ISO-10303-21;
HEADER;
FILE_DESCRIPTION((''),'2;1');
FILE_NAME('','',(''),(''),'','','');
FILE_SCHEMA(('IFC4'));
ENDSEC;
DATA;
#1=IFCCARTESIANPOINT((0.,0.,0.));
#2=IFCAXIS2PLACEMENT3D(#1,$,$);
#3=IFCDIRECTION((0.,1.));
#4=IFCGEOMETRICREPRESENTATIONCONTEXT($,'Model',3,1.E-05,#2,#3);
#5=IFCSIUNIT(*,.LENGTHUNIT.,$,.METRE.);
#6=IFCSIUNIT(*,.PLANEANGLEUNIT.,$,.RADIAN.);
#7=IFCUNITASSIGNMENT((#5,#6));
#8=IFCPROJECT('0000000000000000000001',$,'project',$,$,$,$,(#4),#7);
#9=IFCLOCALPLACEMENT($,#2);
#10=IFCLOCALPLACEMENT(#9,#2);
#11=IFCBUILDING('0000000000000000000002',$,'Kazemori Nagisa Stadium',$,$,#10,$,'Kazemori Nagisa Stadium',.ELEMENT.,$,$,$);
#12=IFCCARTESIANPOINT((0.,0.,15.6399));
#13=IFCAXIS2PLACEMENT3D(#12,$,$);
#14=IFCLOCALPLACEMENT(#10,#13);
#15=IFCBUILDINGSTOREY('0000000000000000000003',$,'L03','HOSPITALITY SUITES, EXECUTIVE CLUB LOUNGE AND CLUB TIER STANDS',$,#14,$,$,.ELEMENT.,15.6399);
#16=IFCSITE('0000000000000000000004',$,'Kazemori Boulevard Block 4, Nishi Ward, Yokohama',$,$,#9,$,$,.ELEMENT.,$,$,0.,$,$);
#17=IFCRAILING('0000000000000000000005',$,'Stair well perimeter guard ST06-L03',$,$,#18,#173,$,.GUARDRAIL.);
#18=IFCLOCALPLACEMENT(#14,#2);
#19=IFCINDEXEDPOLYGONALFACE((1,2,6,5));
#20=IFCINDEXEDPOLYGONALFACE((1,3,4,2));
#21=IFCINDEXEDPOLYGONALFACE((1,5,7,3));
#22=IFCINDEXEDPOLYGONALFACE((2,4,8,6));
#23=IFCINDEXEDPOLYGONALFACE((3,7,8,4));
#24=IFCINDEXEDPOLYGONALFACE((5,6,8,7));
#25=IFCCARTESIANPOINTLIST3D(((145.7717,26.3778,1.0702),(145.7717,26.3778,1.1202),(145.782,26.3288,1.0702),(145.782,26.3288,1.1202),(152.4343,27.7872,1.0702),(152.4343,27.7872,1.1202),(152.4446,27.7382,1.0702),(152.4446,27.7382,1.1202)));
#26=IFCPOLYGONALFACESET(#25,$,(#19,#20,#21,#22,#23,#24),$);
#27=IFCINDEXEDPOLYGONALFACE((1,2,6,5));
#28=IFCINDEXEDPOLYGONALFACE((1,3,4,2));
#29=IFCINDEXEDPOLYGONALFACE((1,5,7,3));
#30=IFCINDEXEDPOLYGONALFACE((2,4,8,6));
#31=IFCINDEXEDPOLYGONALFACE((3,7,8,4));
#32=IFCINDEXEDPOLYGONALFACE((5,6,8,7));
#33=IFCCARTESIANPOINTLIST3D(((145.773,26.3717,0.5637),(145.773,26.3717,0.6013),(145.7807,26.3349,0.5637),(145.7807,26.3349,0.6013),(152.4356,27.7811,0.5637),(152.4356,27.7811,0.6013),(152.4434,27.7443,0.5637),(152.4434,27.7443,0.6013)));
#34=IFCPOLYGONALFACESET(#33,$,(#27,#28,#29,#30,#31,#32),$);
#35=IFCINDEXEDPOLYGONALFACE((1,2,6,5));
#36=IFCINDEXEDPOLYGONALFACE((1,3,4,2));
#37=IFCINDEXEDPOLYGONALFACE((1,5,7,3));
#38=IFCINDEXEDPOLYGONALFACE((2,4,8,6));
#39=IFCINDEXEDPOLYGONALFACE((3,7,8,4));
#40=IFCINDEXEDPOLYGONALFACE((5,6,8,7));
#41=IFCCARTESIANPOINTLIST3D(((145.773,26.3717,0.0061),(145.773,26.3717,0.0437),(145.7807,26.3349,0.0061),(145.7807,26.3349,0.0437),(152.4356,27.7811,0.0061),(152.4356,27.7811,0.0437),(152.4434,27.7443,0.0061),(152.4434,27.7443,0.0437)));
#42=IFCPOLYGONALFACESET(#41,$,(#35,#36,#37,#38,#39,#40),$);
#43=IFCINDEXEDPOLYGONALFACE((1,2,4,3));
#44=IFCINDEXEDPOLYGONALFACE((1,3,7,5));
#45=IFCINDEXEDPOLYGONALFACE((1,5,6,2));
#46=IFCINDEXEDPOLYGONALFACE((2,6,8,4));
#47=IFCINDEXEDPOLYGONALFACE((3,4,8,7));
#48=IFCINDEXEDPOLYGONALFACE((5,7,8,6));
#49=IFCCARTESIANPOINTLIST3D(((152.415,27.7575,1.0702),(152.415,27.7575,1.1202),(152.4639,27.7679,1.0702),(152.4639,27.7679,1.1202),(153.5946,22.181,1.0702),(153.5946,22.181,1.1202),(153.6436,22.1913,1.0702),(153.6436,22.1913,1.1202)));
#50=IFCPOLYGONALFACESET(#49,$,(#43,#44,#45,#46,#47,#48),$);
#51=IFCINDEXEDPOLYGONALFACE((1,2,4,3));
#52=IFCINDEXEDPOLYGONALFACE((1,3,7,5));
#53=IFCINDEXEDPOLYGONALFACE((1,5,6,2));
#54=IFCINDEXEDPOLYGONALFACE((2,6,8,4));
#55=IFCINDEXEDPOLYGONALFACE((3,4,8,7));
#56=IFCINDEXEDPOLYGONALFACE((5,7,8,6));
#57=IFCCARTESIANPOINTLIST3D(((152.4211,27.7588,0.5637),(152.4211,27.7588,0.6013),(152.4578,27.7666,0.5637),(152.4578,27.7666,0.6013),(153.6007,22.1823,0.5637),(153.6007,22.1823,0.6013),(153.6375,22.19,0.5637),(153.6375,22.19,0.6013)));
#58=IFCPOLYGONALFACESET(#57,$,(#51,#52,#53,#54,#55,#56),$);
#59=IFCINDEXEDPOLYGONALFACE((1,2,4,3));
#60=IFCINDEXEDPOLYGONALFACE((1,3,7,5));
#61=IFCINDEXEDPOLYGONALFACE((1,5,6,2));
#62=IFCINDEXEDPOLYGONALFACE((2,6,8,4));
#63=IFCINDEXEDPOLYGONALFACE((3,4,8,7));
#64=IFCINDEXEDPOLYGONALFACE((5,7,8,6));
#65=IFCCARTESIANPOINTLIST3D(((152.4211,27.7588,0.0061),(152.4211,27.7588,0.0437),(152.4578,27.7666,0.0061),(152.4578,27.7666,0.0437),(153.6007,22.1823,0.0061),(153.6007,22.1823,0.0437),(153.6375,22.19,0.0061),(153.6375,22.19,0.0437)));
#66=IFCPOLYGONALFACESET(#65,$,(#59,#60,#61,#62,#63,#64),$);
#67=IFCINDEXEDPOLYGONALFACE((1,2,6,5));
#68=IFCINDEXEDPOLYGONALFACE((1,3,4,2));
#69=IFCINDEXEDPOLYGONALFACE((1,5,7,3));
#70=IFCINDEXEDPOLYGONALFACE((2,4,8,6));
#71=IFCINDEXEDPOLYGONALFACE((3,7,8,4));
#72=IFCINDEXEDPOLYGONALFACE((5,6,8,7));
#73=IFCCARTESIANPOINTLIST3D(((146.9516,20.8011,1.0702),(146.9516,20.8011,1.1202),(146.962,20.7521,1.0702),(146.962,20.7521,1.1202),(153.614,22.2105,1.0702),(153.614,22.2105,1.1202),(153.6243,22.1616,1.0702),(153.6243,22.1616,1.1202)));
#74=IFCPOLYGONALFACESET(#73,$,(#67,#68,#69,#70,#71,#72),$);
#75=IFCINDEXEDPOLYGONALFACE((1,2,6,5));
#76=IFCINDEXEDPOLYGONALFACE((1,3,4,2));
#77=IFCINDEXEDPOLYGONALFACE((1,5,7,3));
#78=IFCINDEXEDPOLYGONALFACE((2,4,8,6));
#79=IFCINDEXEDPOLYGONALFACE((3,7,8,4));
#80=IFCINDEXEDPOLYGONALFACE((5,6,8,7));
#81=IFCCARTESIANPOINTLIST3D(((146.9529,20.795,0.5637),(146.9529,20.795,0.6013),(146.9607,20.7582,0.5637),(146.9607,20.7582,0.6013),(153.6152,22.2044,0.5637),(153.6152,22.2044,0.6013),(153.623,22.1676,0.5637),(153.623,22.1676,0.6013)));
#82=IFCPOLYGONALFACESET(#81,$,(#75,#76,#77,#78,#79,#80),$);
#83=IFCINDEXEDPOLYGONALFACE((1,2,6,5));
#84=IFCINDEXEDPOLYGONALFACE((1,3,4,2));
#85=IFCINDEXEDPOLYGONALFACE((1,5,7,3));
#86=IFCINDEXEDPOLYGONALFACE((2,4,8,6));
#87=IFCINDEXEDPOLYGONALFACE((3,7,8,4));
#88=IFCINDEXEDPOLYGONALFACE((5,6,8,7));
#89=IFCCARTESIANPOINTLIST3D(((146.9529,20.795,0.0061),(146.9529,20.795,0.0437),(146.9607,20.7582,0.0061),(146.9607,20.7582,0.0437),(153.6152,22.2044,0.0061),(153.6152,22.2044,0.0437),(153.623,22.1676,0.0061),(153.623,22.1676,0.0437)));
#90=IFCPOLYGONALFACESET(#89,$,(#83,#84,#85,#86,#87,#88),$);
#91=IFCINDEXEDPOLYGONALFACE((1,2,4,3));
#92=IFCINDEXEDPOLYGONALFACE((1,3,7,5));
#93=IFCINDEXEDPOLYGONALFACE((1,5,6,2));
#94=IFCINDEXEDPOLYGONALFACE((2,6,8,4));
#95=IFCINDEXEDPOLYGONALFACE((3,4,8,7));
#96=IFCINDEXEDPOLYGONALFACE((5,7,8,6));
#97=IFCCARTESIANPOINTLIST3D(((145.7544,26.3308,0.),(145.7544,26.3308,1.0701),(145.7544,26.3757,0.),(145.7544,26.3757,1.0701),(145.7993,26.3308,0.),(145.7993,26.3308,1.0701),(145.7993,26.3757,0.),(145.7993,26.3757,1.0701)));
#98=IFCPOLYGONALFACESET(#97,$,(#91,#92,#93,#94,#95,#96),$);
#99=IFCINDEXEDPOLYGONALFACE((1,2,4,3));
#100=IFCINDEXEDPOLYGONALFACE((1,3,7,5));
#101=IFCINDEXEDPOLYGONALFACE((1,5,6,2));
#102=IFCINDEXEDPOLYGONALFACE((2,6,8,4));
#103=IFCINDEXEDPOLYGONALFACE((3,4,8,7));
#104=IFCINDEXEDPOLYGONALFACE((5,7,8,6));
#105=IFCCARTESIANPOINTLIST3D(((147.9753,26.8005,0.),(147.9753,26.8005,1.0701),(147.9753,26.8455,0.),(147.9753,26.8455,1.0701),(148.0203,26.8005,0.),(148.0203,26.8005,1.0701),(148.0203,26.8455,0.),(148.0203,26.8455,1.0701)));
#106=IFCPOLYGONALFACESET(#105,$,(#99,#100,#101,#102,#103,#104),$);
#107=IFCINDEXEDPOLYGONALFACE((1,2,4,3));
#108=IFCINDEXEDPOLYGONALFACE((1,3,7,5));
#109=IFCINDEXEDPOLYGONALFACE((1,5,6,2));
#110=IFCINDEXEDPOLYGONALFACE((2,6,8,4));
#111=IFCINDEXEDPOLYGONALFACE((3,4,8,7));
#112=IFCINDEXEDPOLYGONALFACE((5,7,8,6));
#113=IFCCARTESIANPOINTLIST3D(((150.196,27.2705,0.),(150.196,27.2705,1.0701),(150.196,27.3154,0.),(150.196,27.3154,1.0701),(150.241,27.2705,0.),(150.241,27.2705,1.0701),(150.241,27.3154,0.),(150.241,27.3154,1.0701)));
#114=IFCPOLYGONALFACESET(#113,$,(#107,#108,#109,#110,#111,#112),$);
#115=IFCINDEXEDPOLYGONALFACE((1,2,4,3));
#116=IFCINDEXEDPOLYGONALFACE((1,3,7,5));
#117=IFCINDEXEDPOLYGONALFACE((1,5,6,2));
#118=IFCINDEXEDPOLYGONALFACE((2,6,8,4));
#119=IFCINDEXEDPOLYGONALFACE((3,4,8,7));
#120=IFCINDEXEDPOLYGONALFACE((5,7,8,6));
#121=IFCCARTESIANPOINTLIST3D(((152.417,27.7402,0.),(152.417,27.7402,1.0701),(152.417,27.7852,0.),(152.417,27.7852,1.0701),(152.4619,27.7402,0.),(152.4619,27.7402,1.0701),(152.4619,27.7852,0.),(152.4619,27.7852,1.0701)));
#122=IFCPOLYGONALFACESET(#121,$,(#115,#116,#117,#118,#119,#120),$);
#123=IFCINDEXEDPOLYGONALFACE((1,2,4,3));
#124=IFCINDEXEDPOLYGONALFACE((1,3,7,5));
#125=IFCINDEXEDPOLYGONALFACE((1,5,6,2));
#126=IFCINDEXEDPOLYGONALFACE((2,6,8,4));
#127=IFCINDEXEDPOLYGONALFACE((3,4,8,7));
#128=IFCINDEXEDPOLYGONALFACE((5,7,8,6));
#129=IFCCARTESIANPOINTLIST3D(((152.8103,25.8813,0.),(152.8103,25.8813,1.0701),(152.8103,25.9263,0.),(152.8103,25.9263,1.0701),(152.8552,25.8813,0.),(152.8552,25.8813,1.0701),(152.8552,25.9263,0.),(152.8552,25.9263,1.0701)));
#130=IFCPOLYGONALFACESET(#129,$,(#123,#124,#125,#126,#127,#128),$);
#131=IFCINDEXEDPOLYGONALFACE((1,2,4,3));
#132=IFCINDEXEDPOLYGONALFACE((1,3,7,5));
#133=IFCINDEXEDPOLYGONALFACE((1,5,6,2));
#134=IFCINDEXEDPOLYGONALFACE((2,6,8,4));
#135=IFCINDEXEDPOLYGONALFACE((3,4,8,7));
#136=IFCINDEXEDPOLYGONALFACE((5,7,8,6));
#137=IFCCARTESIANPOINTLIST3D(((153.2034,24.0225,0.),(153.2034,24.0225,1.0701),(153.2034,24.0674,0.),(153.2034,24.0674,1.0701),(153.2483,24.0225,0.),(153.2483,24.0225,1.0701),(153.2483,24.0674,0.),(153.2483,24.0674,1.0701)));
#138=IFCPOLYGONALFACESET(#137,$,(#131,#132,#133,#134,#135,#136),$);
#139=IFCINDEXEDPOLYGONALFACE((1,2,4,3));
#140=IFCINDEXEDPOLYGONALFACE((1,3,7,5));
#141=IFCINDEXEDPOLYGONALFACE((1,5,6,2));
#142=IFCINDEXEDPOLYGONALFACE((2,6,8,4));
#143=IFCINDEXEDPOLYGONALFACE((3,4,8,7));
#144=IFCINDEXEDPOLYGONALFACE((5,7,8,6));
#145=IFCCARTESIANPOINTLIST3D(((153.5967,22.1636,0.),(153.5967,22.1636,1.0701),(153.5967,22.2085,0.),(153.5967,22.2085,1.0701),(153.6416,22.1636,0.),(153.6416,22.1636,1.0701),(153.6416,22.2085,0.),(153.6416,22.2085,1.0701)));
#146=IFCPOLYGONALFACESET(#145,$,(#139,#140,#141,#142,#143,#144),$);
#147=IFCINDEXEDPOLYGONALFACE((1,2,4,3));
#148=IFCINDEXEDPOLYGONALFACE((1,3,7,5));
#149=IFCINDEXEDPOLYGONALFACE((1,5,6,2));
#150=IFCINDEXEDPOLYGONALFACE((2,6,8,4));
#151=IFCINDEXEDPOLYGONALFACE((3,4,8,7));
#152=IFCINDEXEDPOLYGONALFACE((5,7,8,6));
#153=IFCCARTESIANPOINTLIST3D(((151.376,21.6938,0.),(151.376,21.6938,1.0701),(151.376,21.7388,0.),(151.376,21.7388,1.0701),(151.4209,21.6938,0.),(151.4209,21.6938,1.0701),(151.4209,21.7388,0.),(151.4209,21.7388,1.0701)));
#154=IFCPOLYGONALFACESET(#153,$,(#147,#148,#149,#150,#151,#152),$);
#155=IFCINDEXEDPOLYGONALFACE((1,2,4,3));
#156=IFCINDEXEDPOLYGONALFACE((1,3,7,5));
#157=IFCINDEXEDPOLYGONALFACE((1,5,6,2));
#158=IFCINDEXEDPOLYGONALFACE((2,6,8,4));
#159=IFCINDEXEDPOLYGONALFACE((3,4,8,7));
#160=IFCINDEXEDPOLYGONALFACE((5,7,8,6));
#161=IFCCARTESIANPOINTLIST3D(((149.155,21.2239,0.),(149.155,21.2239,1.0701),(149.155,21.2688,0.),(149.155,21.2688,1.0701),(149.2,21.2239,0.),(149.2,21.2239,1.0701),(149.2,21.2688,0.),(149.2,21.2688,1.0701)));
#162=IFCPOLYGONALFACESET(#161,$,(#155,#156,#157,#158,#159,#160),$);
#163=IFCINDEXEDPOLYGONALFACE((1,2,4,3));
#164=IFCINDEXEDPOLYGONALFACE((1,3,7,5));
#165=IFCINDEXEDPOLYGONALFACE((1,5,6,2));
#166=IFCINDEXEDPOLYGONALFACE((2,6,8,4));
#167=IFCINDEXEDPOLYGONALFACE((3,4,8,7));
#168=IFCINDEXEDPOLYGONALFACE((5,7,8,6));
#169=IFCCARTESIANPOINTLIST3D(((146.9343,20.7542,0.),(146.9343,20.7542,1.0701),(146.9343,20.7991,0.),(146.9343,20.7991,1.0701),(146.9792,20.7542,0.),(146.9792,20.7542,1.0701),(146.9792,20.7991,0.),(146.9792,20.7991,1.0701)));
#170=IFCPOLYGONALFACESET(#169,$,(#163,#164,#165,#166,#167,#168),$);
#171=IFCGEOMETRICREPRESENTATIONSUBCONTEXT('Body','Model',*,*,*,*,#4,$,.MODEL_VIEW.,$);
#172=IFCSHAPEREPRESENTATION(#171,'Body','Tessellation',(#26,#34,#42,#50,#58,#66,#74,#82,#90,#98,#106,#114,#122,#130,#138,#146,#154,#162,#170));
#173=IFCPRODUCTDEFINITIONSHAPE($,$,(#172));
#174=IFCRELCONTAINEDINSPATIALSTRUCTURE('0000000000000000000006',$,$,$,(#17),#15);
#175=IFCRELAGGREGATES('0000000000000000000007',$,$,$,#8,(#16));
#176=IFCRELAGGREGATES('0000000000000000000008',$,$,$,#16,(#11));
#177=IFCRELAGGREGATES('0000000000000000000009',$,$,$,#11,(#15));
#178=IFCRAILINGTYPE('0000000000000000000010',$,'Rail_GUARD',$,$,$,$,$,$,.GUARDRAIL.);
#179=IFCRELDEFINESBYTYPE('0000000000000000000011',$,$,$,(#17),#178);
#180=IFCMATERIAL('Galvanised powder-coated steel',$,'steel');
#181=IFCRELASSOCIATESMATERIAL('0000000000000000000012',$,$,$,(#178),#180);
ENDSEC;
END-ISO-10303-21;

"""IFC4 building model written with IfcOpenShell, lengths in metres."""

from ifc_helpers import new_model, si_unit, direction, frame, origin, origin_2d, place, context, subcontext, project, spatial, rectangle, extrude, material, type_object, element, save


model = new_model("IFC4")

# Units and contexts
model_context = context("Model", 3, precision=1e-05, world=origin(), true_north=direction((0.0, 1.0)))
body_context = subcontext(model_context, "Body", "Model", "MODEL_VIEW")
ifc_project = project(units=[si_unit("LENGTHUNIT", "METRE"), si_unit("PLANEANGLEUNIT", "RADIAN")], contexts=[model_context])

# Site, building, storey
site_placement = place(None, origin())
site = spatial("IfcSite", under=ifc_project, at=site_placement, Name="Kazemori Boulevard Block 4, Nishi Ward, Yokohama", CompositionType="ELEMENT", RefElevation=0.0)
building_placement = place(site_placement, origin())
building = spatial("IfcBuilding", under=site, at=building_placement, Name="Kazemori Nagisa Stadium", LongName="Kazemori Nagisa Stadium", CompositionType="ELEMENT")
storey_placement = place(building_placement, frame((0.0, 0.0, 15.6399)))
storey = spatial("IfcBuildingStorey", under=building, at=storey_placement, Name="L03", Description="HOSPITALITY SUITES, EXECUTIVE CLUB LOUNGE AND CLUB TIER STANDS", CompositionType="ELEMENT", Elevation=15.6399)

# Railing
ifc_material_1 = material(Name="Galvanised powder-coated steel", Category="steel")
railing_type_1 = type_object("IfcRailingType", Name="Rail_GUARD", PredefinedType="GUARDRAIL", material=ifc_material_1)
railing_1_placement = place(storey_placement, frame((145.7769, 26.3533, 0.0)))
element("IfcRailing", 1, at=railing_1_placement, inside=storey, type_object=railing_type_1, Name="Stair well perimeter guard ST06-L03", PredefinedType="GUARDRAIL", context=body_context, shape_type="SweptSolid", body=[
    extrude(rectangle(XDim=0.05, YDim=0.05, at=origin_2d()), frame((0.0, 0.0, 1.0952), z_axis=(0.978349, 0.206963, 0.0), x_axis=(-0.206963, 0.978349, 0.0)), (0.0, 0.0, 1.0), 6.8101),
    extrude(rectangle(XDim=0.0376, YDim=0.0376, at=origin_2d()), frame((0.0, 0.0, 0.5825), z_axis=(0.978349, 0.206963, 0.0), x_axis=(-0.206963, 0.978349, 0.0)), (0.0, 0.0, 1.0), 6.8101),
    extrude(rectangle(XDim=0.0376, YDim=0.0376, at=origin_2d()), frame((0.0, 0.0, 0.0249), z_axis=(0.978349, 0.206963, 0.0), x_axis=(-0.206963, 0.978349, 0.0)), (0.0, 0.0, 1.0), 6.8101),
    extrude(rectangle(XDim=0.05, YDim=0.05, at=origin_2d()), frame((6.6626, 1.4094, 1.0952), z_axis=(0.20696, -0.978349, 0.0), x_axis=(0.978349, 0.20696, 0.0)), (0.0, 0.0, 1.0), 5.7),
    extrude(rectangle(XDim=0.0376, YDim=0.0376, at=origin_2d()), frame((6.6626, 1.4094, 0.5825), z_axis=(0.20696, -0.978349, 0.0), x_axis=(0.978349, 0.20696, 0.0)), (0.0, 0.0, 1.0), 5.7),
    extrude(rectangle(XDim=0.0376, YDim=0.0376, at=origin_2d()), frame((6.6626, 1.4094, 0.0249), z_axis=(0.20696, -0.978349, 0.0), x_axis=(0.978349, 0.20696, 0.0)), (0.0, 0.0, 1.0), 5.7),
    extrude(rectangle(XDim=0.05, YDim=0.05, at=origin_2d()), frame((7.8423, -4.1672, 1.0952), z_axis=(-0.978347, -0.20697, 0.0), x_axis=(0.20697, -0.978347, 0.0)), (0.0, 0.0, 1.0), 6.8098),
    extrude(rectangle(XDim=0.0376, YDim=0.0376, at=origin_2d()), frame((7.8423, -4.1672, 0.5825), z_axis=(-0.978347, -0.20697, 0.0), x_axis=(0.20697, -0.978347, 0.0)), (0.0, 0.0, 1.0), 6.8098),
    extrude(rectangle(XDim=0.0376, YDim=0.0376, at=origin_2d()), frame((7.8423, -4.1672, 0.0249), z_axis=(-0.978347, -0.20697, 0.0), x_axis=(0.20697, -0.978347, 0.0)), (0.0, 0.0, 1.0), 6.8098),
    extrude(rectangle(XDim=0.0449, YDim=0.0449, at=origin_2d()), origin(), (0.0, 0.0, 1.0), 1.0701),
    extrude(rectangle(XDim=0.0449, YDim=0.0449, at=origin_2d()), frame((2.2209, 0.4697, 0.0)), (0.0, 0.0, 1.0), 1.0701),
    extrude(rectangle(XDim=0.0449, YDim=0.0449, at=origin_2d()), frame((4.4417, 0.9397, 0.0)), (0.0, 0.0, 1.0), 1.0701),
    extrude(rectangle(XDim=0.0449, YDim=0.0449, at=origin_2d()), frame((6.6626, 1.4094, 0.0)), (0.0, 0.0, 1.0), 1.0701),
    extrude(rectangle(XDim=0.0449, YDim=0.0449, at=origin_2d()), frame((7.0559, -0.4495, 0.0)), (0.0, 0.0, 1.0), 1.0701),
    extrude(rectangle(XDim=0.0449, YDim=0.0449, at=origin_2d()), frame((7.449, -2.3083, 0.0)), (0.0, 0.0, 1.0), 1.0701),
    extrude(rectangle(XDim=0.0449, YDim=0.0449, at=origin_2d()), frame((7.8423, -4.1672, 0.0)), (0.0, 0.0, 1.0), 1.0701),
    extrude(rectangle(XDim=0.0449, YDim=0.0449, at=origin_2d()), frame((5.6216, -4.637, 0.0)), (0.0, 0.0, 1.0), 1.0701),
    extrude(rectangle(XDim=0.0449, YDim=0.0449, at=origin_2d()), frame((3.4006, -5.1069, 0.0)), (0.0, 0.0, 1.0), 1.0701),
    extrude(rectangle(XDim=0.0449, YDim=0.0449, at=origin_2d()), frame((1.1799, -5.5767, 0.0)), (0.0, 0.0, 1.0), 1.0701),
])

save(model, "model.ifc")
